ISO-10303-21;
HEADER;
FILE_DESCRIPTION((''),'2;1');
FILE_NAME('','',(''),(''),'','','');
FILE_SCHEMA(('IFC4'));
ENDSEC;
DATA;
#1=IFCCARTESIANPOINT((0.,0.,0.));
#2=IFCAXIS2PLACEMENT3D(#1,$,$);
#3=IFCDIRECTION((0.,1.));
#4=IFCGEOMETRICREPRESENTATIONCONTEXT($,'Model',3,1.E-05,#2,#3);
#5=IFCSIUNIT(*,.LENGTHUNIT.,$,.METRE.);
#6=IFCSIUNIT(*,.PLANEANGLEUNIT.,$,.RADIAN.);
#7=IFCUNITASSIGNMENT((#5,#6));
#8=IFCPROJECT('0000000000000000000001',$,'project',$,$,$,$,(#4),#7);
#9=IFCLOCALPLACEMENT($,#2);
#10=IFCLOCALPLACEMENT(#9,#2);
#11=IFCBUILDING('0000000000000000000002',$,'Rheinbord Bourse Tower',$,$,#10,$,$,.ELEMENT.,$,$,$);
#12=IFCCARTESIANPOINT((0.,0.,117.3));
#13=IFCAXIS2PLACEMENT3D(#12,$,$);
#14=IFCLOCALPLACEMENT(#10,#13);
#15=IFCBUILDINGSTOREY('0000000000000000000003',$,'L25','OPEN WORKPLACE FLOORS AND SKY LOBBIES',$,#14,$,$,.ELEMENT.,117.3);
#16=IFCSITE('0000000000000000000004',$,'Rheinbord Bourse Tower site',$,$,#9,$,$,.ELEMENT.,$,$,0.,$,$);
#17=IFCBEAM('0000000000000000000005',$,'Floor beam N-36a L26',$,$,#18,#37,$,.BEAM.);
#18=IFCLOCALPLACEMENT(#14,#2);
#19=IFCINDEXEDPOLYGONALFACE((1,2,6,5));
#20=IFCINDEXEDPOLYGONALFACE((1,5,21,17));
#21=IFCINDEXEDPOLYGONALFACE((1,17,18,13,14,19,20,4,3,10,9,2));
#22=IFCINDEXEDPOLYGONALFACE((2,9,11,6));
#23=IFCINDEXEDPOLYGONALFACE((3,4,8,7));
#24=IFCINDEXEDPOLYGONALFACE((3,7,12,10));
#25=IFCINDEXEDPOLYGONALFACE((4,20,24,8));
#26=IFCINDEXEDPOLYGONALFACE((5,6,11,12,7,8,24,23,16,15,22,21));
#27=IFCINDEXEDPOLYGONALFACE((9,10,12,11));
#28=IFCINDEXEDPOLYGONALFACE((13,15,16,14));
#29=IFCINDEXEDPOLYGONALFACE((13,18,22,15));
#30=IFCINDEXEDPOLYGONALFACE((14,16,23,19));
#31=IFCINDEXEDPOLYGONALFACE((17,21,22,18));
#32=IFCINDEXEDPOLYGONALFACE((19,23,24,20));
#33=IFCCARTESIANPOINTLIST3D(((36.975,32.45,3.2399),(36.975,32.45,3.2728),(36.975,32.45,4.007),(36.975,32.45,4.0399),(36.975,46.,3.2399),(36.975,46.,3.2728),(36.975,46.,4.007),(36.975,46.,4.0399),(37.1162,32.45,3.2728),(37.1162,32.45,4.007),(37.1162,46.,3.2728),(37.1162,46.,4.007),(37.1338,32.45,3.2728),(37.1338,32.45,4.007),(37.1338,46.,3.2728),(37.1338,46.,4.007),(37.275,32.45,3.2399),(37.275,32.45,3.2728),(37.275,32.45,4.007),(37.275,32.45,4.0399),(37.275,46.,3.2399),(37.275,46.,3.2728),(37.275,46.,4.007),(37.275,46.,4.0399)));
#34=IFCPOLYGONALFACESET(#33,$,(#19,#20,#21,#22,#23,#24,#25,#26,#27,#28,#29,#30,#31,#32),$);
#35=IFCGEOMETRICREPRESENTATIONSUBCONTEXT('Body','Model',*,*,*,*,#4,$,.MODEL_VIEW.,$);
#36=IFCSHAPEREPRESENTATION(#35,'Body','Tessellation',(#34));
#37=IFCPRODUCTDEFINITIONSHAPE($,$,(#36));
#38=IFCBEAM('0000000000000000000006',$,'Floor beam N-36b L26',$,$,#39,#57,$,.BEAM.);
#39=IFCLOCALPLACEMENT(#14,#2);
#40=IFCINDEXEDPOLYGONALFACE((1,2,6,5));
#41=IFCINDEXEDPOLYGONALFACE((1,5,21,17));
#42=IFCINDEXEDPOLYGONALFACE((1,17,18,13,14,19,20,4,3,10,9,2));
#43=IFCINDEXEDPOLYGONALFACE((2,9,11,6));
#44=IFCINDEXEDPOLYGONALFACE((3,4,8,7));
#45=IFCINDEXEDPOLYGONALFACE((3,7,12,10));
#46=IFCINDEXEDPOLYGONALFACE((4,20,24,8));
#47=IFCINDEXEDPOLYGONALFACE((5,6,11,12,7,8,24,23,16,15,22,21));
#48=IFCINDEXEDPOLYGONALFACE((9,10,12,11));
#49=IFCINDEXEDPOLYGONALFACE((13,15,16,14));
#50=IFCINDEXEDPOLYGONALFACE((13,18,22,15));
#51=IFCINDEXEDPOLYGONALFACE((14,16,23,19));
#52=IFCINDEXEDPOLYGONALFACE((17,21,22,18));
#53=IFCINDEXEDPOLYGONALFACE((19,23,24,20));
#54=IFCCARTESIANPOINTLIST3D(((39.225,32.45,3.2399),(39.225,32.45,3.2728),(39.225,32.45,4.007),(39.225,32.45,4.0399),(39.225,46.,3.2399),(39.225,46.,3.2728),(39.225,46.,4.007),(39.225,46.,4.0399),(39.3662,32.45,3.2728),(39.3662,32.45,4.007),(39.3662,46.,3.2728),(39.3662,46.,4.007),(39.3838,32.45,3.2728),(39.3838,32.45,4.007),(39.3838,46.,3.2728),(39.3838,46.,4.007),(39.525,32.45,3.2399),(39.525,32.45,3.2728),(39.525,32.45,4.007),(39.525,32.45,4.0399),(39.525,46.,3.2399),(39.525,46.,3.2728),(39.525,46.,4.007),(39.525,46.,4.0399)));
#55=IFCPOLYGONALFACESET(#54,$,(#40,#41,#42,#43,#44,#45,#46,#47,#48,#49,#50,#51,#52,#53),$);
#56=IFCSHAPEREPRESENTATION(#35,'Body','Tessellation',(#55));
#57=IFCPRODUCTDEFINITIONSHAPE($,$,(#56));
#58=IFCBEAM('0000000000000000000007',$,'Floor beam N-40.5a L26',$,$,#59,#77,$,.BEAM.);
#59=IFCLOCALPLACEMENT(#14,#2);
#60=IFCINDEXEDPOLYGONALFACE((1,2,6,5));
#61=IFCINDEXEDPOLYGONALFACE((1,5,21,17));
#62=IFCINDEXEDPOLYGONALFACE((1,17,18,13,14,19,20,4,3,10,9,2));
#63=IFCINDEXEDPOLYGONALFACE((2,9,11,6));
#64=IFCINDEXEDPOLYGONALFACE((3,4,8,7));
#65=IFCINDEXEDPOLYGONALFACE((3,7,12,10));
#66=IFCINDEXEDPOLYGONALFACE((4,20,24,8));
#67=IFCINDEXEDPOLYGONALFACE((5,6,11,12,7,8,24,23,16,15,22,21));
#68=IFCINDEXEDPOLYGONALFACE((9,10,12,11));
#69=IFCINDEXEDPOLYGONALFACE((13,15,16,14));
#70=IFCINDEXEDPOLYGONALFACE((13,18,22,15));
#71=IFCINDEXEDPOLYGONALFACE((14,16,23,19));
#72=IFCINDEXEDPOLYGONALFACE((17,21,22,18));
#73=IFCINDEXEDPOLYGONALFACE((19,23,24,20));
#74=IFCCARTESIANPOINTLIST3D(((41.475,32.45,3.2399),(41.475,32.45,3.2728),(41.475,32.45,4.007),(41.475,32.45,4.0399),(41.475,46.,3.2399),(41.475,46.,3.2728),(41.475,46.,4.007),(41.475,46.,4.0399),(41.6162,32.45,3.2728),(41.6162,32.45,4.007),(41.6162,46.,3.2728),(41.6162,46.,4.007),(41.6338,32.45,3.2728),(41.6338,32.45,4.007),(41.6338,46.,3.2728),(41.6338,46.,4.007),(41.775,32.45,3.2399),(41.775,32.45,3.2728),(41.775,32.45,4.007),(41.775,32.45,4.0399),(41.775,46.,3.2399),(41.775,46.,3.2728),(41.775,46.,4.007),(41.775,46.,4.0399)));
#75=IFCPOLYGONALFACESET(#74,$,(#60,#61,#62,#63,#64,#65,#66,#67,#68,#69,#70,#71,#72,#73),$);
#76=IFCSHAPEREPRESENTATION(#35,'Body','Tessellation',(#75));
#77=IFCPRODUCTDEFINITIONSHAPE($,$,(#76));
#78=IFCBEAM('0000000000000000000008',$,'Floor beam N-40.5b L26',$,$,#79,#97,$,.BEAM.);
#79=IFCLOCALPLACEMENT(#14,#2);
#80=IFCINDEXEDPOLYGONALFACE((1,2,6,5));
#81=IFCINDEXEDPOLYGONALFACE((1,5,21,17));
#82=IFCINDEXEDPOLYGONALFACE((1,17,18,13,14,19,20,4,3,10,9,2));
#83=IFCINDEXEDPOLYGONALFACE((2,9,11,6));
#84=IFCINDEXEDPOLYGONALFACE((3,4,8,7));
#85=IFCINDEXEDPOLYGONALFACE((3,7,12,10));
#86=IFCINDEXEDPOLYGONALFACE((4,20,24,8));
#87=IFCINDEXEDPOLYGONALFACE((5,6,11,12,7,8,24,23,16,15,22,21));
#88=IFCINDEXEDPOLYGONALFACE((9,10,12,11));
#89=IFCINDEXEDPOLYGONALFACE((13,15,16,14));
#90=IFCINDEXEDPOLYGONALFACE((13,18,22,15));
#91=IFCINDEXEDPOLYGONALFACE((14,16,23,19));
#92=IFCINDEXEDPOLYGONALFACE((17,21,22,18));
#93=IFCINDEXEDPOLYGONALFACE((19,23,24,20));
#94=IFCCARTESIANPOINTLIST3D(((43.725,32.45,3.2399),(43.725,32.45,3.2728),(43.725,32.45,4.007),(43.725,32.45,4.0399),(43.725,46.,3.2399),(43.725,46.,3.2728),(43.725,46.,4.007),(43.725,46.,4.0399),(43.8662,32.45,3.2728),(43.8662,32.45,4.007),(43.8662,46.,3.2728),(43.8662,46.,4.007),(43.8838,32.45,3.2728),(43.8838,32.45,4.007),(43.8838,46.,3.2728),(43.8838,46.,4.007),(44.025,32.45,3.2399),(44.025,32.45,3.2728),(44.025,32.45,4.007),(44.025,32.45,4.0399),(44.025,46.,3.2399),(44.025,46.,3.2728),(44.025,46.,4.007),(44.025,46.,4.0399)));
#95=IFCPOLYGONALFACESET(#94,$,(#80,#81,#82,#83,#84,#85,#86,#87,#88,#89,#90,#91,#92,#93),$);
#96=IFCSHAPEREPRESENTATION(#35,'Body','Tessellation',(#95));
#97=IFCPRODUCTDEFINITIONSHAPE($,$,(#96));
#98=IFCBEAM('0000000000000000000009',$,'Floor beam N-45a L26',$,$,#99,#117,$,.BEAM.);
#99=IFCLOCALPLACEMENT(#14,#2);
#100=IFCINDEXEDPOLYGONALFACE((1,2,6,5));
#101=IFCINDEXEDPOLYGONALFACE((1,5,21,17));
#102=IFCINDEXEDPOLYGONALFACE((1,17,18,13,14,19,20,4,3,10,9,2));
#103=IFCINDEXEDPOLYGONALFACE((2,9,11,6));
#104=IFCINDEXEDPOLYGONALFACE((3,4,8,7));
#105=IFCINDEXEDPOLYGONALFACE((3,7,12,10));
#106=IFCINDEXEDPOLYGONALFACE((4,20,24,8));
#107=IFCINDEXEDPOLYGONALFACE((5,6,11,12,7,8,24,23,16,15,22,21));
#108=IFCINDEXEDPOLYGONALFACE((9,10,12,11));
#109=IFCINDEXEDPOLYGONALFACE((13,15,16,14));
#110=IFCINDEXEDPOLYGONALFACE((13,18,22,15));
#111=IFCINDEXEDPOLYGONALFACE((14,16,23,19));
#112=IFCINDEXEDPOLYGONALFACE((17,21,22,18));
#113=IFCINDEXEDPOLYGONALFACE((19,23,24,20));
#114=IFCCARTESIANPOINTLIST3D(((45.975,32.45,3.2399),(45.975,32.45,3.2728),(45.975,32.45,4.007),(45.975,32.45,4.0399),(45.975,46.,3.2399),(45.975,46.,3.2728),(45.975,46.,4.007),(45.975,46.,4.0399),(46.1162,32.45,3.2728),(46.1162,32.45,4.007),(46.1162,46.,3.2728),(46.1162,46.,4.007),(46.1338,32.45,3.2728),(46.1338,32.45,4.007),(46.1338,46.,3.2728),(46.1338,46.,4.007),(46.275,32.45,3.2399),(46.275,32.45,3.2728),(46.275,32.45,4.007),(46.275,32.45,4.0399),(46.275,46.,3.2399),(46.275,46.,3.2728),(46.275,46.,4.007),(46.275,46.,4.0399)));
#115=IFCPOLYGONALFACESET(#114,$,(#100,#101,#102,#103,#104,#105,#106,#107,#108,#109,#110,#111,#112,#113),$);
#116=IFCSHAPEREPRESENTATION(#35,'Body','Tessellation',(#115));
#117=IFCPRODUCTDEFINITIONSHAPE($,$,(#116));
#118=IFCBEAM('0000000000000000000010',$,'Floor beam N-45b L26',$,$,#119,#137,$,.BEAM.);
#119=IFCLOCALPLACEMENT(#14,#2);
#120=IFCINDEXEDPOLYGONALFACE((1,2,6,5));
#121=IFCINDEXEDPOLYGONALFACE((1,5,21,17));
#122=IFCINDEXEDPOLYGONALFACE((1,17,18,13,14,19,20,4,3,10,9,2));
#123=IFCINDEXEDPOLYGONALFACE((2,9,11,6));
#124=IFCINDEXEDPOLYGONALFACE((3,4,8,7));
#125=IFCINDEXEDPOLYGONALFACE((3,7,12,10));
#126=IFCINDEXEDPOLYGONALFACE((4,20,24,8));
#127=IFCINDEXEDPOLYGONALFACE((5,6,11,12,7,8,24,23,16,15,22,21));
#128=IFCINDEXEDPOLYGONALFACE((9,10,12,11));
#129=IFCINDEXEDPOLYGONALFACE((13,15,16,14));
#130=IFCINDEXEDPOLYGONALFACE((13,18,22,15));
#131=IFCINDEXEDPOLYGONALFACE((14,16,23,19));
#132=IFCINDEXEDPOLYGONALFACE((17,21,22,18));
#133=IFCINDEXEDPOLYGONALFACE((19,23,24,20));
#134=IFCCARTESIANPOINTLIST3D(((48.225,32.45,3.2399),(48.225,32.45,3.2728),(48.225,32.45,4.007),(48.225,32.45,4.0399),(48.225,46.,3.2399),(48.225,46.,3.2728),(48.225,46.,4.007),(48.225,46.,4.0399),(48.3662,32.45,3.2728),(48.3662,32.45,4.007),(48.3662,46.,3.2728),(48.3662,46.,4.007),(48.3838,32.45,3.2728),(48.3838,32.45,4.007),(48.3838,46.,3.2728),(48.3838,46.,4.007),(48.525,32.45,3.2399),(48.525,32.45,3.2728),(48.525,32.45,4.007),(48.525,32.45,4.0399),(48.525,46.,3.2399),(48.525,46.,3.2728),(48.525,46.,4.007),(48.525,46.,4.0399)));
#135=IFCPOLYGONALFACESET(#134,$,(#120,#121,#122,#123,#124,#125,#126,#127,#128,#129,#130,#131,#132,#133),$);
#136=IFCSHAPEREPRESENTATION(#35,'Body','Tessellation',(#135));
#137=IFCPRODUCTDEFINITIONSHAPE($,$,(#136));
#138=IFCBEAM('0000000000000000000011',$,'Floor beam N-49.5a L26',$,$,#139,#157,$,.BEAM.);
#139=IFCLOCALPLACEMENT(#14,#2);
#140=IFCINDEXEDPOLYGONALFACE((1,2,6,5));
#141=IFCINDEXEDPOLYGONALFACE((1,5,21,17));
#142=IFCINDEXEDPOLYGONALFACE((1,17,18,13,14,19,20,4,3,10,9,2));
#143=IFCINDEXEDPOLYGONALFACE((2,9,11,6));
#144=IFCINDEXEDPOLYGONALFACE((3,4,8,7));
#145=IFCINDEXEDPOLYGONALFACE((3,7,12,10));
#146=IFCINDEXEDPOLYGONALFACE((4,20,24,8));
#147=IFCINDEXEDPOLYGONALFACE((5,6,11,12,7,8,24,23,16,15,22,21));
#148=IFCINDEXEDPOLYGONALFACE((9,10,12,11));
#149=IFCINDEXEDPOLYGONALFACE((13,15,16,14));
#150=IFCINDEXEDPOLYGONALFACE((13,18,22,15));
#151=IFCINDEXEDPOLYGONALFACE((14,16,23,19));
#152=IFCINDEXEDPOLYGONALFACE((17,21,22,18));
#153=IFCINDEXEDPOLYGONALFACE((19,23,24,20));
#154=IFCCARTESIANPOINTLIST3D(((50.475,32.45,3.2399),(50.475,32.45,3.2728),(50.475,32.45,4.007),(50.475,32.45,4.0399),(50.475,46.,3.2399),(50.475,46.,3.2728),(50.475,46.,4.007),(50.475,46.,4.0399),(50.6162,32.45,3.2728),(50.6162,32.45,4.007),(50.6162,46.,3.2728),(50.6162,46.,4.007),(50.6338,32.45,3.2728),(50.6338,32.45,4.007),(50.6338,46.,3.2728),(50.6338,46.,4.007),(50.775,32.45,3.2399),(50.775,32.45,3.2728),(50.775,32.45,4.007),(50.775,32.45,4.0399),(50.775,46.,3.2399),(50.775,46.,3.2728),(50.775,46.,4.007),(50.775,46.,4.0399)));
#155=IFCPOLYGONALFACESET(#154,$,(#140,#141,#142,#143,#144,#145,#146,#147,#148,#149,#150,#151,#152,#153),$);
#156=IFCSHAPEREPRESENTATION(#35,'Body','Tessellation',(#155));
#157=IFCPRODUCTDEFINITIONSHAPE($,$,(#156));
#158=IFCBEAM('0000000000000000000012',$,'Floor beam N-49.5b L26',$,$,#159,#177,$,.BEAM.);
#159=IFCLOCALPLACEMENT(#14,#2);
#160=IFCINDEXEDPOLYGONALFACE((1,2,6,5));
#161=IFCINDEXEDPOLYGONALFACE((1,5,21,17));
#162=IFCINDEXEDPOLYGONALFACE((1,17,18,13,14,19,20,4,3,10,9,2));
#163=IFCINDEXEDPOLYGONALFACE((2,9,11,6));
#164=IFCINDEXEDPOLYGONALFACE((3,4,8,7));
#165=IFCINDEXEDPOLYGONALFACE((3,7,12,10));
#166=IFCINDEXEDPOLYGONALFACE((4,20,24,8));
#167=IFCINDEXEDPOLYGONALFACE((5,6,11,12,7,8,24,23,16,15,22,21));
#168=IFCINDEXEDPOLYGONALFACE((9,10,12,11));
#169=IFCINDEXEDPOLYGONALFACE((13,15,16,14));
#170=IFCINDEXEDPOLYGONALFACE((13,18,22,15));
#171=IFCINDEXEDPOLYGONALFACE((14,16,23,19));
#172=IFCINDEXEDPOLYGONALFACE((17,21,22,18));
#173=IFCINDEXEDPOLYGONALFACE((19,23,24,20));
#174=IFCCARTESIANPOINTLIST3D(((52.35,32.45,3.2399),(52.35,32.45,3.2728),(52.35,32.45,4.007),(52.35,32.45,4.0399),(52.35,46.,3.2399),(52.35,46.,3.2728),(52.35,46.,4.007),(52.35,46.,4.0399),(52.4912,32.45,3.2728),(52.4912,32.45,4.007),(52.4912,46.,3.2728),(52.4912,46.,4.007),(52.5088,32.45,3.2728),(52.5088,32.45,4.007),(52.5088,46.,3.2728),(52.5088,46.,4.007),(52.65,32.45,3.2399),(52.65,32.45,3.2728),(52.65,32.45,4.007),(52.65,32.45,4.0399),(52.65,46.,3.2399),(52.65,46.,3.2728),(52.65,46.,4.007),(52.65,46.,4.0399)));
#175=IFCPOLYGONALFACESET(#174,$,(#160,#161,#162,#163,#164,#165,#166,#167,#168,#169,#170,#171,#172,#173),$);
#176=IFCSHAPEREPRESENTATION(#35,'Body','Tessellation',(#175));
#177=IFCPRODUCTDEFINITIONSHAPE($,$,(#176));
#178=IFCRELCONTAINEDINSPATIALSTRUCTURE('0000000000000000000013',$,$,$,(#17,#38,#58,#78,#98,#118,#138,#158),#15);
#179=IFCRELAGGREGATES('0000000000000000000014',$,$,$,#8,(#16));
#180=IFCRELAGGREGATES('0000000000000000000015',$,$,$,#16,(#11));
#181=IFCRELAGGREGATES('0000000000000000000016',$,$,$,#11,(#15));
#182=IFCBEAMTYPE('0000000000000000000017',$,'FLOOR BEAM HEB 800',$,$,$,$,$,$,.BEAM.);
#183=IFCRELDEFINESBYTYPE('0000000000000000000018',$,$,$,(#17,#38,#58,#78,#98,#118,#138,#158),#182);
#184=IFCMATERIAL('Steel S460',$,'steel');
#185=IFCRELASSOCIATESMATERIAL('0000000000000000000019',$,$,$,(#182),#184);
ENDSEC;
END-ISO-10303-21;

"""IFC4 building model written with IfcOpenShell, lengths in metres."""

from ifc_helpers import new_model, si_unit, direction, frame, origin, origin_2d, place, context, subcontext, project, spatial, i_section, extrude, material, material_profile, profile_set, type_object, element, save


model = new_model("IFC4")

# Units and contexts
model_context = context("Model", 3, precision=1e-05, world=origin(), true_north=direction((0.0, 1.0)))
body_context = subcontext(model_context, "Body", "Model", "MODEL_VIEW")
ifc_project = project(units=[si_unit("LENGTHUNIT", "METRE"), si_unit("PLANEANGLEUNIT", "RADIAN")], contexts=[model_context])

# Site, building, storey
site_placement = place(None, origin())
site = spatial("IfcSite", under=ifc_project, at=site_placement, Name="Rheinbord Bourse Tower site", CompositionType="ELEMENT", RefElevation=0.0)
building_placement = place(site_placement, origin())
building = spatial("IfcBuilding", under=site, at=building_placement, Name="Rheinbord Bourse Tower", CompositionType="ELEMENT")
storey_placement = place(building_placement, frame((0.0, 0.0, 117.3)))
storey = spatial("IfcBuildingStorey", under=building, at=storey_placement, Name="L25", Description="OPEN WORKPLACE FLOORS AND SKY LOBBIES", CompositionType="ELEMENT", Elevation=117.3)

# Beams
ifc_material_1 = material(Name="Steel S460", Category="steel")
ifc_material_profile_1 = material_profile(ifc_material_1, i_section(OverallWidth=0.3, OverallDepth=0.8, WebThickness=0.0176, FlangeThickness=0.033, at=origin_2d()), Name="HEB 800")
ifc_profile_set_1 = profile_set([ifc_material_profile_1], Name="Steel S460")
beam_type_1 = type_object("IfcBeamType", Name="FLOOR BEAM HEB 800", PredefinedType="BEAM", material=ifc_profile_set_1)
for number, where, z_axis, x_axis, name in (
    (1, (37.125, 46.0, 3.6399), (0.0, -1.0, 0.0), (1.0, 0.0, 0.0), "Floor beam N-36a L26"),
    (2, (39.375, 46.0, 3.6399), (0.0, -1.0, 0.0), (1.0, 0.0, 0.0), "Floor beam N-36b L26"),
    (3, (41.625, 46.0, 3.6399), (0.0, -1.0, 0.0), (1.0, 0.0, 0.0), "Floor beam N-40.5a L26"),
    (4, (43.875, 46.0, 3.6399), (0.0, -1.0, 0.0), (1.0, 0.0, 0.0), "Floor beam N-40.5b L26"),
    (5, (46.125, 46.0, 3.6399), (0.0, -1.0, 0.0), (1.0, 0.0, 0.0), "Floor beam N-45a L26"),
    (6, (48.375, 46.0, 3.6399), (0.0, -1.0, 0.0), (1.0, 0.0, 0.0), "Floor beam N-45b L26"),
    (7, (50.625, 46.0, 3.6399), (0.0, -1.0, 0.0), (1.0, 0.0, 0.0), "Floor beam N-49.5a L26"),
    (8, (52.5, 46.0, 3.6399), (0.0, -1.0, 0.0), (1.0, 0.0, 0.0), "Floor beam N-49.5b L26"),
):
    element("IfcBeam", number, at=place(storey_placement, frame(where, z_axis=z_axis, x_axis=x_axis)), inside=storey, type_object=beam_type_1, Name=name, PredefinedType="BEAM", context=body_context, shape_type="SweptSolid", body=[
        extrude(i_section(OverallWidth=0.3, OverallDepth=0.8, WebThickness=0.0176, FlangeThickness=0.033, at=origin_2d()), origin(), (0.0, 0.0, 1.0), 13.55),
    ])

save(model, "model.ifc")
